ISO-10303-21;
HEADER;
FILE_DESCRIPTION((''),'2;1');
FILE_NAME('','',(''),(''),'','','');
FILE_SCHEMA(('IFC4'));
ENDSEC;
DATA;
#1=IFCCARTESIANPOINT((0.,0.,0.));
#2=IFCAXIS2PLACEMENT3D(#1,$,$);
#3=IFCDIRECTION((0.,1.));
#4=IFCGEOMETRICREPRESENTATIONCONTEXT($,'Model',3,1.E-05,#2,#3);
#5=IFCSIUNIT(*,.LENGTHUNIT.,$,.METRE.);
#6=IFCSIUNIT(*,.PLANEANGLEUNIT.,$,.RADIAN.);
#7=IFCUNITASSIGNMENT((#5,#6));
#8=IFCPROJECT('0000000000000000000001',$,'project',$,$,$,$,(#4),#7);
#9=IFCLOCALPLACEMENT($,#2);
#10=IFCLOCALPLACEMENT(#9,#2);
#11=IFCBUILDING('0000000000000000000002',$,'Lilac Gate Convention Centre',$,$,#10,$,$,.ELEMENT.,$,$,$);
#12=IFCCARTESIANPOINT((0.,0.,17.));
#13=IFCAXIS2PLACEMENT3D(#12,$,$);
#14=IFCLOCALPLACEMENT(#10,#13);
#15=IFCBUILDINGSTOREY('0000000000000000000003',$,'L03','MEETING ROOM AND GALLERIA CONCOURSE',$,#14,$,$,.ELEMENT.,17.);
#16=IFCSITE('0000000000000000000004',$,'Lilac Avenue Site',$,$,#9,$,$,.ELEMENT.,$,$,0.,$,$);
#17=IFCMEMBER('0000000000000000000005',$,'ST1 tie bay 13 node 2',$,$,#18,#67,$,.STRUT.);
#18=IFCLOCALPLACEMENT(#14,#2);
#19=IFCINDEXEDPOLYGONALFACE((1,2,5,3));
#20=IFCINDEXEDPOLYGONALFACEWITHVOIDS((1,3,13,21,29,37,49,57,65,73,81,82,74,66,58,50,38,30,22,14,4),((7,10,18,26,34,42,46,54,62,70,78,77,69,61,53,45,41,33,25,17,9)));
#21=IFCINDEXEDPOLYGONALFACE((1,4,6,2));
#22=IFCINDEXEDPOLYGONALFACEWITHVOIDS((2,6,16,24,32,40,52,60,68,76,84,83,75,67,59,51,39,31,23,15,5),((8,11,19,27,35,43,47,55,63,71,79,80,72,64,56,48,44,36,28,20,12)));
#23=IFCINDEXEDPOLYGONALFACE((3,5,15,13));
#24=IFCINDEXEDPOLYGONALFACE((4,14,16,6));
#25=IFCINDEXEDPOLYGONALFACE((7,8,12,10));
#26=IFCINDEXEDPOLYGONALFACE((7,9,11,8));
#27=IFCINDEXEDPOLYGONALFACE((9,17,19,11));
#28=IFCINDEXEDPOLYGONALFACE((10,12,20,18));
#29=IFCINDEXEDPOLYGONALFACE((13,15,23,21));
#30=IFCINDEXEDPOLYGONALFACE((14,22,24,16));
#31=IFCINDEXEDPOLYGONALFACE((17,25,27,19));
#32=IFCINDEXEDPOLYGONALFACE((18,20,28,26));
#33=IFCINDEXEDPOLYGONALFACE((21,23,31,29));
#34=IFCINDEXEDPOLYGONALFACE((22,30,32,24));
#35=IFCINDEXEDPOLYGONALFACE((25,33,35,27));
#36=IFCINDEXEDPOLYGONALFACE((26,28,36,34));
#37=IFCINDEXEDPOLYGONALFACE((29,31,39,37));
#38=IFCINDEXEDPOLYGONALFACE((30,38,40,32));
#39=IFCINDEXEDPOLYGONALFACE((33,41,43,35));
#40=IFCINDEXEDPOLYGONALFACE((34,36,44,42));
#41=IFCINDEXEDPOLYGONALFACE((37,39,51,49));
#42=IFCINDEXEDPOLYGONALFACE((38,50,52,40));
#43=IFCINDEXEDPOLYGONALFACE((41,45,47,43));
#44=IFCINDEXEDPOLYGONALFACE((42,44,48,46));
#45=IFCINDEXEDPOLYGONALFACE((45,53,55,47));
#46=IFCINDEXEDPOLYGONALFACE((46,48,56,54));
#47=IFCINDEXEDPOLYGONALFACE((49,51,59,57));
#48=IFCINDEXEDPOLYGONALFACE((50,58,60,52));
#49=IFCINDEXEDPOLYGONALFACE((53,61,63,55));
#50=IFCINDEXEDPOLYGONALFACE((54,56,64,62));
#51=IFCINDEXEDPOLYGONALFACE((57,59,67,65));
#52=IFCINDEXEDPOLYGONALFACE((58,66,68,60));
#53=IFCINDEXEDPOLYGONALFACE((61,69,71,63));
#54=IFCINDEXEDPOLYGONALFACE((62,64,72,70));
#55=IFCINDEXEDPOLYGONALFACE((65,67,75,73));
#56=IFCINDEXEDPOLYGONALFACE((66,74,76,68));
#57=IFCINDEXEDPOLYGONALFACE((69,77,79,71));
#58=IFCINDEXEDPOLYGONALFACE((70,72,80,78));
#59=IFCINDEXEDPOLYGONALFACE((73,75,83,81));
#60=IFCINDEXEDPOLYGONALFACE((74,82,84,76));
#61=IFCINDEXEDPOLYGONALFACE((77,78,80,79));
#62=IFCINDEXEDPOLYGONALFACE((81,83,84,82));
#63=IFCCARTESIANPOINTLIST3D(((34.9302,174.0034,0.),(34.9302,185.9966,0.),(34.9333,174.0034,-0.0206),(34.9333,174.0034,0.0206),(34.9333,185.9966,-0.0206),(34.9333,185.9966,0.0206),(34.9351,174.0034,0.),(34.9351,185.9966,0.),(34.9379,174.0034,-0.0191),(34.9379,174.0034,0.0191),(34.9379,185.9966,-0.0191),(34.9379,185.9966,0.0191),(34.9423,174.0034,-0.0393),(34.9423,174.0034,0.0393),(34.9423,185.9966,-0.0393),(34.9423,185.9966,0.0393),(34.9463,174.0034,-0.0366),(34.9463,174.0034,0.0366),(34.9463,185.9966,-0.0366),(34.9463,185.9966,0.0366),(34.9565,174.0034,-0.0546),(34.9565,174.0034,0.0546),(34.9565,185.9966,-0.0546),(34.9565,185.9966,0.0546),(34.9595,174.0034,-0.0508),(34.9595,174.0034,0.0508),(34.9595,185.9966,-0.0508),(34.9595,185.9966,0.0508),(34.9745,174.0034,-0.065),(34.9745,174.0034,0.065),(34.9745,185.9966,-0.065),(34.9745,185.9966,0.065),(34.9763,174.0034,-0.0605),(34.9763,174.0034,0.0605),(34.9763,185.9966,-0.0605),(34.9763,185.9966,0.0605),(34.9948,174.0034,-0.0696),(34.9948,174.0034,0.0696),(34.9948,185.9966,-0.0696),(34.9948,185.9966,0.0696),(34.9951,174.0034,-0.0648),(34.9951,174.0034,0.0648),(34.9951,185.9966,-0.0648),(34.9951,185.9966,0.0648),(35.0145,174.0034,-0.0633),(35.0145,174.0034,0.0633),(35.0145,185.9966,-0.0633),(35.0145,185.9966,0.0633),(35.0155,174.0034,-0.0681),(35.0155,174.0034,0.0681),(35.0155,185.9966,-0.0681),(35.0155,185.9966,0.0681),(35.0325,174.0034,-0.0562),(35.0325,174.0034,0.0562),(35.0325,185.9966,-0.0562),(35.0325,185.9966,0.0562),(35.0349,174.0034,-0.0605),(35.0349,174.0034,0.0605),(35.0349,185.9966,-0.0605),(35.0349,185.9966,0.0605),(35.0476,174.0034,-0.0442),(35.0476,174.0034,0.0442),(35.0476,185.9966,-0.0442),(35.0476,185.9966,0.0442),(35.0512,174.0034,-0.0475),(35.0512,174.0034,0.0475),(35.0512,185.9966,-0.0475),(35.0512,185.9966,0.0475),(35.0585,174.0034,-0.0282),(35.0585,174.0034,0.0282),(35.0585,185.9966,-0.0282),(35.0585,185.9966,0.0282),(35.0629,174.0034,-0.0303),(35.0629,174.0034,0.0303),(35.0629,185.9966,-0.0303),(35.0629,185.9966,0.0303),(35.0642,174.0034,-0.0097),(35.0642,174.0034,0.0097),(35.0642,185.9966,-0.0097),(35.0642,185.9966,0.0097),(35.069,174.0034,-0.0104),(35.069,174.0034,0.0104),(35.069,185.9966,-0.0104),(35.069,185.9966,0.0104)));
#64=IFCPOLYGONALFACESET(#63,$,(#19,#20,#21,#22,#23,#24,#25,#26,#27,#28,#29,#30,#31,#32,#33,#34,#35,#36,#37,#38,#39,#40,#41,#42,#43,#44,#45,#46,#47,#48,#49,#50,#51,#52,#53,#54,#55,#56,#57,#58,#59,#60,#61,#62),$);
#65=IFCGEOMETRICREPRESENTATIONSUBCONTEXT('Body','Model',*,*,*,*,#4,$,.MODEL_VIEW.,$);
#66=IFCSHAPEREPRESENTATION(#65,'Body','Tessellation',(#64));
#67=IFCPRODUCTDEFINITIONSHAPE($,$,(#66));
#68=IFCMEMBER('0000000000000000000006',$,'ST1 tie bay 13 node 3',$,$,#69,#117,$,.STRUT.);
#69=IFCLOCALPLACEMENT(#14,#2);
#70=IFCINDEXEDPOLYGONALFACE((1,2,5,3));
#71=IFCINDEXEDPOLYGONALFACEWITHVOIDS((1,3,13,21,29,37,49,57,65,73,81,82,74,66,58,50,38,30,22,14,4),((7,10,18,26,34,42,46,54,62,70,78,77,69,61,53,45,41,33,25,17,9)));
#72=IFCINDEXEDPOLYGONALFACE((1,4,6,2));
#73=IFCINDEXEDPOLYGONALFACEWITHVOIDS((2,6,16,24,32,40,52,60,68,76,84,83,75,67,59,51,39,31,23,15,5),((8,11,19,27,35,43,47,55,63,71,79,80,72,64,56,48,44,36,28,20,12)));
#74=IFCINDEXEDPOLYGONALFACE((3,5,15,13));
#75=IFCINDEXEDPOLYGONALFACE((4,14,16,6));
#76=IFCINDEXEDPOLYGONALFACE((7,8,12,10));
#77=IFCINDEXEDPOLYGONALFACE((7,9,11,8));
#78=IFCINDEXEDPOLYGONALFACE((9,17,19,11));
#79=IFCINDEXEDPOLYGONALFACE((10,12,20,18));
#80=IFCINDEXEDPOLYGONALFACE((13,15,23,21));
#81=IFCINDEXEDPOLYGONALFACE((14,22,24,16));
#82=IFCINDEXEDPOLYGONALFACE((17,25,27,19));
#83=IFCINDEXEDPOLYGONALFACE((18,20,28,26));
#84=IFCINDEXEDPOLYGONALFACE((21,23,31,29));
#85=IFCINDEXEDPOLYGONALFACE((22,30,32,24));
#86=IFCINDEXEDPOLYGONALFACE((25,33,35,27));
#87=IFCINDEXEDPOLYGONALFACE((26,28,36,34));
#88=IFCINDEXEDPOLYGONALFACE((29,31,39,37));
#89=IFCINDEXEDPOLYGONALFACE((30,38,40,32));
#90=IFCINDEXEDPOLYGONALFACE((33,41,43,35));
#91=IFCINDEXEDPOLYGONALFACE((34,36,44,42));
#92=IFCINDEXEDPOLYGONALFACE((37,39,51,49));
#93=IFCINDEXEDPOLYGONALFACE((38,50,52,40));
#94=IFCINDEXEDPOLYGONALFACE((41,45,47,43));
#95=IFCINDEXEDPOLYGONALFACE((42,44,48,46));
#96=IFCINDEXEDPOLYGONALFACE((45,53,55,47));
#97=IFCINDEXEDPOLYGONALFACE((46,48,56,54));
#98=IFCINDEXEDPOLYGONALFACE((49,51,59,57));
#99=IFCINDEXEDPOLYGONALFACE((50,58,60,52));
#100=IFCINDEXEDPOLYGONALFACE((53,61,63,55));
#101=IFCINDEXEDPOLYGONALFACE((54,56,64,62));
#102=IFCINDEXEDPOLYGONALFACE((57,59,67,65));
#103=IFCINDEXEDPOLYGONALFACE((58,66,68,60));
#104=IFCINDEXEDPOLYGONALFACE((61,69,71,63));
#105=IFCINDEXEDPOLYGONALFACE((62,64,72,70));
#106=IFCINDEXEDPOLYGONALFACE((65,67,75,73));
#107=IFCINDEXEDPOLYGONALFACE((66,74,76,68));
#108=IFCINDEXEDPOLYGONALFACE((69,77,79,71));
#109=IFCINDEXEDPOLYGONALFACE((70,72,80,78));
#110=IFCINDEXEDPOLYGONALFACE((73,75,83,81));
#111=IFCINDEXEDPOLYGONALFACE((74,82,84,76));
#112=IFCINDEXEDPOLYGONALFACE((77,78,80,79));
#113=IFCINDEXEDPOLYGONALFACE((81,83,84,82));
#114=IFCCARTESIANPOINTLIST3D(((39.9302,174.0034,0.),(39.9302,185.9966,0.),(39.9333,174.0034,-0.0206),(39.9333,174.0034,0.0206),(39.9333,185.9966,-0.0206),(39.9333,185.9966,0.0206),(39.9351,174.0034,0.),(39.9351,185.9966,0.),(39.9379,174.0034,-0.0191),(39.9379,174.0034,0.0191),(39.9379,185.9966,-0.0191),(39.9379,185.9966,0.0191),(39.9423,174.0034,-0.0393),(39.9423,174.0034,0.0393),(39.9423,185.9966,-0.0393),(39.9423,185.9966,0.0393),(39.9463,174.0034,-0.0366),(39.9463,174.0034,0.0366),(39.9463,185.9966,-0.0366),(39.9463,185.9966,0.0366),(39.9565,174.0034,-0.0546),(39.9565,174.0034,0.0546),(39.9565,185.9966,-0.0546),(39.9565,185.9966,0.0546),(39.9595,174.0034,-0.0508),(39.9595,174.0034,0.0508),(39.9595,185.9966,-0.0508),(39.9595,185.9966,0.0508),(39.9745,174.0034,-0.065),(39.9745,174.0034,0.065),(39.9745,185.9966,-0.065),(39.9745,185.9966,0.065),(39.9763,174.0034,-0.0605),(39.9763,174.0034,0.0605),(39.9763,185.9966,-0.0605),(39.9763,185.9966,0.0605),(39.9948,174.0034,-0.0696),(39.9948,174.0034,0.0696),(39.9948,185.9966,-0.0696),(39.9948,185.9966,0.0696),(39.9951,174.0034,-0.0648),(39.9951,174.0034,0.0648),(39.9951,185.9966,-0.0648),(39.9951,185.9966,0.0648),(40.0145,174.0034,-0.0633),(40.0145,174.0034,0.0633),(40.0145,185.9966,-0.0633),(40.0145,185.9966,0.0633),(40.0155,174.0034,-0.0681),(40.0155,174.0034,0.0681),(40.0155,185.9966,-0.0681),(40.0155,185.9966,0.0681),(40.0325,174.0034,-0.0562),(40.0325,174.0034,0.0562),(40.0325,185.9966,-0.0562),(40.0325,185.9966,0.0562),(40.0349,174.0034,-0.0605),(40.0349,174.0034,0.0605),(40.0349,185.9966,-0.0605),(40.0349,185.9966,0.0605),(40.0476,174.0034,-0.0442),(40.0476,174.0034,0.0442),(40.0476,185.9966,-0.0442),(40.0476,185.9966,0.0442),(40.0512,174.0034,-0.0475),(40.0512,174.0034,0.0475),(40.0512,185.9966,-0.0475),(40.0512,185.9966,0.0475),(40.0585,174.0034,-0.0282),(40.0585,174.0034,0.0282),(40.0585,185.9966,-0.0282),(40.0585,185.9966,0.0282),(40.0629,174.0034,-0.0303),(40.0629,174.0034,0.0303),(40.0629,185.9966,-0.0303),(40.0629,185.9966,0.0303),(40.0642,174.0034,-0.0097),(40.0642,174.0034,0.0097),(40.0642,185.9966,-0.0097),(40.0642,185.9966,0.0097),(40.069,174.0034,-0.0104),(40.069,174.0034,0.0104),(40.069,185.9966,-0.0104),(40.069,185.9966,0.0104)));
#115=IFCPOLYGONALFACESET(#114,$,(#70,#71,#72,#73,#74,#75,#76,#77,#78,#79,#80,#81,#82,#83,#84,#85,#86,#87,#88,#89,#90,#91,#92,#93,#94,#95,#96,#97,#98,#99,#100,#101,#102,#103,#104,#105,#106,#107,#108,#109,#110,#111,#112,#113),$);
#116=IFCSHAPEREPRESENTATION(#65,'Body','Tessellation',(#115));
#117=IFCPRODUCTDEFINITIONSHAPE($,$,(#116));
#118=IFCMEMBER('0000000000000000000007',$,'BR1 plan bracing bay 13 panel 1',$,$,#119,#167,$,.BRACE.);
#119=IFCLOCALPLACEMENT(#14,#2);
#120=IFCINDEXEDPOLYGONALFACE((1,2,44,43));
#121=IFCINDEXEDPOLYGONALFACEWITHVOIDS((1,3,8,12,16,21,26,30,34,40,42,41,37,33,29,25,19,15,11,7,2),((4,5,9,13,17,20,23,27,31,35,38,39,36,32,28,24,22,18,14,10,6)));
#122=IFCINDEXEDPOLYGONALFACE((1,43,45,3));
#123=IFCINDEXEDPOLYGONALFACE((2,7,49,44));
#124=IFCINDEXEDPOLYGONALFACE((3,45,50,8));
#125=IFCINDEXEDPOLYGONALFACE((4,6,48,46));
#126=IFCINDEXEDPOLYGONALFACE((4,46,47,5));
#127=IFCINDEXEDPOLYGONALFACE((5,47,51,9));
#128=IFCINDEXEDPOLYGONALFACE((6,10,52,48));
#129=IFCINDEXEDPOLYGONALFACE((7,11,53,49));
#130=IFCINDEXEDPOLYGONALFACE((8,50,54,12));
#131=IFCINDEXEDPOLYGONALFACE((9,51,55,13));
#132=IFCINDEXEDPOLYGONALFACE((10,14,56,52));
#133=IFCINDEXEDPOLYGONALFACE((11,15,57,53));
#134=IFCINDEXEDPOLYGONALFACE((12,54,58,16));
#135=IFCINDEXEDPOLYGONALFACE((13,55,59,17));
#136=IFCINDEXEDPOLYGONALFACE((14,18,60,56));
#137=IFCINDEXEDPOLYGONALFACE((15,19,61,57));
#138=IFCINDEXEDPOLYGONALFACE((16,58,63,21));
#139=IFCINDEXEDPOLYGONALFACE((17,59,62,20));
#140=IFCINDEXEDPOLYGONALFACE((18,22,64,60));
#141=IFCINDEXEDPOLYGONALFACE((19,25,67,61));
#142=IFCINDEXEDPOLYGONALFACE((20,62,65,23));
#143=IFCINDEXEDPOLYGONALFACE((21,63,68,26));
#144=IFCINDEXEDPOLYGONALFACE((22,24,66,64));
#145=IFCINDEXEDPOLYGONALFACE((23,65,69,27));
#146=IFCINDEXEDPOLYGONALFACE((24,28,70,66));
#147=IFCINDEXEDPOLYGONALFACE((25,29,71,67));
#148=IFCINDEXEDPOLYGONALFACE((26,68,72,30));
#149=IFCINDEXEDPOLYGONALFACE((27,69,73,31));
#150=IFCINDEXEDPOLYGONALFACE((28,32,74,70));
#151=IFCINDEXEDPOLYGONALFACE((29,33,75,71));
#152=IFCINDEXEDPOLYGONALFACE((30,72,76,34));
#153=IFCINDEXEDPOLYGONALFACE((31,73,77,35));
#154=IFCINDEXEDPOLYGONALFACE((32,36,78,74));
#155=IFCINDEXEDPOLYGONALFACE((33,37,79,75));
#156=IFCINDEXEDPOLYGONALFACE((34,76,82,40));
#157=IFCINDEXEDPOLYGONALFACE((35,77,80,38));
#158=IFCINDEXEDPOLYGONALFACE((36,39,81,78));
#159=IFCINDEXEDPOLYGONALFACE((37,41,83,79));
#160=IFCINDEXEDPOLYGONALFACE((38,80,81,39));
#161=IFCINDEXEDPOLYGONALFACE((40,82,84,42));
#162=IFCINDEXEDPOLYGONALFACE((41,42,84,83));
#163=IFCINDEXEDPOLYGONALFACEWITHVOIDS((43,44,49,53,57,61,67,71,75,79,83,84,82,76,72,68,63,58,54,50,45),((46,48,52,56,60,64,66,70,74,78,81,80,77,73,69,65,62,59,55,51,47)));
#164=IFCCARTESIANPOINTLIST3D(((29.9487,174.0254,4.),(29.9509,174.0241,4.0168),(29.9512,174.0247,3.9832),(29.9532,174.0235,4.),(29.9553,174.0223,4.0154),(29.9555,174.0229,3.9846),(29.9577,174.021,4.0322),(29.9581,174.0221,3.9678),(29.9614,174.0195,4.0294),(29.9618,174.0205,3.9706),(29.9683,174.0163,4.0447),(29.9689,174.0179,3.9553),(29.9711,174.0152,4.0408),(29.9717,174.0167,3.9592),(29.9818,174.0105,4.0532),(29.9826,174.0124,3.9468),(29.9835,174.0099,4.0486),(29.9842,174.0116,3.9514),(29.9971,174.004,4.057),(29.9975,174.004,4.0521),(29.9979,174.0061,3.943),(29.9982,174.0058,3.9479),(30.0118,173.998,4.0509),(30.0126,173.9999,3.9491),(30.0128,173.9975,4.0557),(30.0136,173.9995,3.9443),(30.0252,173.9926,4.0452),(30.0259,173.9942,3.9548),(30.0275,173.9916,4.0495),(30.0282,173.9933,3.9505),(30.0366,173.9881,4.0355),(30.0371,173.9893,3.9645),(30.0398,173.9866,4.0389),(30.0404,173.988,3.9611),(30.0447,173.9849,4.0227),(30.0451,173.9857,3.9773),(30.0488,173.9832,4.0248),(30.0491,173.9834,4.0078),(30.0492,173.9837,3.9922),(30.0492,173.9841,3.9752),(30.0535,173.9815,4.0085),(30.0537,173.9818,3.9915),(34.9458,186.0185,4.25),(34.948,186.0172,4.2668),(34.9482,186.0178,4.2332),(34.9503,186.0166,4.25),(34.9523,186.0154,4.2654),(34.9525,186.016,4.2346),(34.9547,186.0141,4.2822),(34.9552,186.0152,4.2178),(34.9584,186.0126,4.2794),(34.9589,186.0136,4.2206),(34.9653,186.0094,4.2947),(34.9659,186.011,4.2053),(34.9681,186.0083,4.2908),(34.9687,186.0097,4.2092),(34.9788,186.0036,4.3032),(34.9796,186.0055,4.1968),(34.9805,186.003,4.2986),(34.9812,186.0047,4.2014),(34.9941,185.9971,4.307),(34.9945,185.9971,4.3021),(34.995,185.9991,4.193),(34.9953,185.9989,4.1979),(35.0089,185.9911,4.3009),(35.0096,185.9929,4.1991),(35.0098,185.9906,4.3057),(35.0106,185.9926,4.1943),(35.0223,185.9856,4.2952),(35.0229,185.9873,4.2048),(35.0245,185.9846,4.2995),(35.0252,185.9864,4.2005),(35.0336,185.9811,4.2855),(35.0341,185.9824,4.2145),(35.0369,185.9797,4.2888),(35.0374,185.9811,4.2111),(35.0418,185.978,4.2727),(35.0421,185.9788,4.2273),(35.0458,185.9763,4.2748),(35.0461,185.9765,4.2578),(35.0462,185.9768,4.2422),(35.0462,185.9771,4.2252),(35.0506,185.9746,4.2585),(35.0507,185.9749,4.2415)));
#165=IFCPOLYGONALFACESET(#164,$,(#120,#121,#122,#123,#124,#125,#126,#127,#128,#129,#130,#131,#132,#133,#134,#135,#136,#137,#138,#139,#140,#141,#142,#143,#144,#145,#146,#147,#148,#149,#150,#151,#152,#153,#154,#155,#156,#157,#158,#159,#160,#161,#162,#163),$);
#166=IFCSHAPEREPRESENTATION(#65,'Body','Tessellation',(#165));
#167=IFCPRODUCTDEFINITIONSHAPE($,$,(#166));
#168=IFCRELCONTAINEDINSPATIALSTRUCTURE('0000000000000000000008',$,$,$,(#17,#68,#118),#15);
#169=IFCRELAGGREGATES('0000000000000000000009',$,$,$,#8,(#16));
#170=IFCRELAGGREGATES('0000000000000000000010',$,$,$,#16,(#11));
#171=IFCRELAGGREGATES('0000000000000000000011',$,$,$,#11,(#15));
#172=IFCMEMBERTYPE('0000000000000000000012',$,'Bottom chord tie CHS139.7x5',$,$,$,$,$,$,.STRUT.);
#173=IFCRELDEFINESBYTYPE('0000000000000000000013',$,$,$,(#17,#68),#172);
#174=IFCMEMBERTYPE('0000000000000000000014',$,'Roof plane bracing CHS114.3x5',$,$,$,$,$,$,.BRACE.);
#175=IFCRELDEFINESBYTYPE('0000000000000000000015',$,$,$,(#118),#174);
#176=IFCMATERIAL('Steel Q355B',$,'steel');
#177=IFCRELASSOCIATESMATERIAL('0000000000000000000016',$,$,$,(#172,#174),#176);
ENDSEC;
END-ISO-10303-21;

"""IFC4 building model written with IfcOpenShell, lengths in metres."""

from ifc_helpers import new_model, si_unit, direction, frame, origin, origin_2d, place, context, subcontext, project, spatial, hollow_circle, extrude, material, material_profile, profile_set, type_object, element, save


model = new_model("IFC4")

# Units and contexts
model_context = context("Model", 3, precision=1e-05, world=origin(), true_north=direction((0.0, 1.0)))
body_context = subcontext(model_context, "Body", "Model", "MODEL_VIEW")
ifc_project = project(units=[si_unit("LENGTHUNIT", "METRE"), si_unit("PLANEANGLEUNIT", "RADIAN")], contexts=[model_context])

# Site, building, storey
site_placement = place(None, origin())
site = spatial("IfcSite", under=ifc_project, at=site_placement, Name="Lilac Avenue Site", CompositionType="ELEMENT", RefElevation=0.0)
building_placement = place(site_placement, origin())
building = spatial("IfcBuilding", under=site, at=building_placement, Name="Lilac Gate Convention Centre", CompositionType="ELEMENT")
storey_placement = place(building_placement, frame((0.0, 0.0, 17.0)))
storey = spatial("IfcBuildingStorey", under=building, at=storey_placement, Name="L03", Description="MEETING ROOM AND GALLERIA CONCOURSE", CompositionType="ELEMENT", Elevation=17.0)

# Members
ifc_material = material(Name="Steel Q355B", Category="steel")
ifc_material_profile_1 = material_profile(ifc_material, hollow_circle(Radius=0.0698, WallThickness=0.0049, at=origin_2d()), Name="CHS139.7x5")
ifc_profile_set_1 = profile_set([ifc_material_profile_1], Name="Steel Q355B")
member_type_1 = type_object("IfcMemberType", Name="Bottom chord tie CHS139.7x5", PredefinedType="STRUT", material=ifc_profile_set_1)
for number, where, z_axis, x_axis, name in (
    (1, (35.0, 174.0034, 0.0), (0.0, 1.0, 0.0), (-1.0, 0.0, 0.0), "ST1 tie bay 13 node 2"),
    (2, (40.0, 174.0034, 0.0), (0.0, 1.0, 0.0), (-1.0, 0.0, 0.0), "ST1 tie bay 13 node 3"),
):
    element("IfcMember", number, at=place(storey_placement, frame(where, z_axis=z_axis, x_axis=x_axis)), inside=storey, type_object=member_type_1, Name=name, PredefinedType="STRUT", context=body_context, shape_type="SweptSolid", body=[
        extrude(hollow_circle(Radius=0.0698, WallThickness=0.0049, at=origin_2d()), origin(), (0.0, 0.0, 1.0), 11.9932),
    ])
ifc_material_profile_2 = material_profile(ifc_material, hollow_circle(Radius=0.0571, WallThickness=0.0049, at=origin_2d()), Name="CHS114.3x5")
ifc_profile_set_2 = profile_set([ifc_material_profile_2], Name="Steel Q355B")
member_type_2 = type_object("IfcMemberType", Name="Roof plane bracing CHS114.3x5", PredefinedType="BRACE", material=ifc_profile_set_2)
for number, where, z_axis, x_axis, name in (
    (3, (30.0015, 174.0034, 4.0), (0.384539, 0.922908, 0.019238), (-0.923079, 0.38461, 0.0), "BR1 plan bracing bay 13 panel 1"),
):
    element("IfcMember", number, at=place(storey_placement, frame(where, z_axis=z_axis, x_axis=x_axis)), inside=storey, type_object=member_type_2, Name=name, PredefinedType="BRACE", context=body_context, shape_type="SweptSolid", body=[
        extrude(hollow_circle(Radius=0.0571, WallThickness=0.0049, at=origin_2d()), origin(), (0.0, 0.0, 1.0), 12.9949),
    ])

save(model, "model.ifc")
